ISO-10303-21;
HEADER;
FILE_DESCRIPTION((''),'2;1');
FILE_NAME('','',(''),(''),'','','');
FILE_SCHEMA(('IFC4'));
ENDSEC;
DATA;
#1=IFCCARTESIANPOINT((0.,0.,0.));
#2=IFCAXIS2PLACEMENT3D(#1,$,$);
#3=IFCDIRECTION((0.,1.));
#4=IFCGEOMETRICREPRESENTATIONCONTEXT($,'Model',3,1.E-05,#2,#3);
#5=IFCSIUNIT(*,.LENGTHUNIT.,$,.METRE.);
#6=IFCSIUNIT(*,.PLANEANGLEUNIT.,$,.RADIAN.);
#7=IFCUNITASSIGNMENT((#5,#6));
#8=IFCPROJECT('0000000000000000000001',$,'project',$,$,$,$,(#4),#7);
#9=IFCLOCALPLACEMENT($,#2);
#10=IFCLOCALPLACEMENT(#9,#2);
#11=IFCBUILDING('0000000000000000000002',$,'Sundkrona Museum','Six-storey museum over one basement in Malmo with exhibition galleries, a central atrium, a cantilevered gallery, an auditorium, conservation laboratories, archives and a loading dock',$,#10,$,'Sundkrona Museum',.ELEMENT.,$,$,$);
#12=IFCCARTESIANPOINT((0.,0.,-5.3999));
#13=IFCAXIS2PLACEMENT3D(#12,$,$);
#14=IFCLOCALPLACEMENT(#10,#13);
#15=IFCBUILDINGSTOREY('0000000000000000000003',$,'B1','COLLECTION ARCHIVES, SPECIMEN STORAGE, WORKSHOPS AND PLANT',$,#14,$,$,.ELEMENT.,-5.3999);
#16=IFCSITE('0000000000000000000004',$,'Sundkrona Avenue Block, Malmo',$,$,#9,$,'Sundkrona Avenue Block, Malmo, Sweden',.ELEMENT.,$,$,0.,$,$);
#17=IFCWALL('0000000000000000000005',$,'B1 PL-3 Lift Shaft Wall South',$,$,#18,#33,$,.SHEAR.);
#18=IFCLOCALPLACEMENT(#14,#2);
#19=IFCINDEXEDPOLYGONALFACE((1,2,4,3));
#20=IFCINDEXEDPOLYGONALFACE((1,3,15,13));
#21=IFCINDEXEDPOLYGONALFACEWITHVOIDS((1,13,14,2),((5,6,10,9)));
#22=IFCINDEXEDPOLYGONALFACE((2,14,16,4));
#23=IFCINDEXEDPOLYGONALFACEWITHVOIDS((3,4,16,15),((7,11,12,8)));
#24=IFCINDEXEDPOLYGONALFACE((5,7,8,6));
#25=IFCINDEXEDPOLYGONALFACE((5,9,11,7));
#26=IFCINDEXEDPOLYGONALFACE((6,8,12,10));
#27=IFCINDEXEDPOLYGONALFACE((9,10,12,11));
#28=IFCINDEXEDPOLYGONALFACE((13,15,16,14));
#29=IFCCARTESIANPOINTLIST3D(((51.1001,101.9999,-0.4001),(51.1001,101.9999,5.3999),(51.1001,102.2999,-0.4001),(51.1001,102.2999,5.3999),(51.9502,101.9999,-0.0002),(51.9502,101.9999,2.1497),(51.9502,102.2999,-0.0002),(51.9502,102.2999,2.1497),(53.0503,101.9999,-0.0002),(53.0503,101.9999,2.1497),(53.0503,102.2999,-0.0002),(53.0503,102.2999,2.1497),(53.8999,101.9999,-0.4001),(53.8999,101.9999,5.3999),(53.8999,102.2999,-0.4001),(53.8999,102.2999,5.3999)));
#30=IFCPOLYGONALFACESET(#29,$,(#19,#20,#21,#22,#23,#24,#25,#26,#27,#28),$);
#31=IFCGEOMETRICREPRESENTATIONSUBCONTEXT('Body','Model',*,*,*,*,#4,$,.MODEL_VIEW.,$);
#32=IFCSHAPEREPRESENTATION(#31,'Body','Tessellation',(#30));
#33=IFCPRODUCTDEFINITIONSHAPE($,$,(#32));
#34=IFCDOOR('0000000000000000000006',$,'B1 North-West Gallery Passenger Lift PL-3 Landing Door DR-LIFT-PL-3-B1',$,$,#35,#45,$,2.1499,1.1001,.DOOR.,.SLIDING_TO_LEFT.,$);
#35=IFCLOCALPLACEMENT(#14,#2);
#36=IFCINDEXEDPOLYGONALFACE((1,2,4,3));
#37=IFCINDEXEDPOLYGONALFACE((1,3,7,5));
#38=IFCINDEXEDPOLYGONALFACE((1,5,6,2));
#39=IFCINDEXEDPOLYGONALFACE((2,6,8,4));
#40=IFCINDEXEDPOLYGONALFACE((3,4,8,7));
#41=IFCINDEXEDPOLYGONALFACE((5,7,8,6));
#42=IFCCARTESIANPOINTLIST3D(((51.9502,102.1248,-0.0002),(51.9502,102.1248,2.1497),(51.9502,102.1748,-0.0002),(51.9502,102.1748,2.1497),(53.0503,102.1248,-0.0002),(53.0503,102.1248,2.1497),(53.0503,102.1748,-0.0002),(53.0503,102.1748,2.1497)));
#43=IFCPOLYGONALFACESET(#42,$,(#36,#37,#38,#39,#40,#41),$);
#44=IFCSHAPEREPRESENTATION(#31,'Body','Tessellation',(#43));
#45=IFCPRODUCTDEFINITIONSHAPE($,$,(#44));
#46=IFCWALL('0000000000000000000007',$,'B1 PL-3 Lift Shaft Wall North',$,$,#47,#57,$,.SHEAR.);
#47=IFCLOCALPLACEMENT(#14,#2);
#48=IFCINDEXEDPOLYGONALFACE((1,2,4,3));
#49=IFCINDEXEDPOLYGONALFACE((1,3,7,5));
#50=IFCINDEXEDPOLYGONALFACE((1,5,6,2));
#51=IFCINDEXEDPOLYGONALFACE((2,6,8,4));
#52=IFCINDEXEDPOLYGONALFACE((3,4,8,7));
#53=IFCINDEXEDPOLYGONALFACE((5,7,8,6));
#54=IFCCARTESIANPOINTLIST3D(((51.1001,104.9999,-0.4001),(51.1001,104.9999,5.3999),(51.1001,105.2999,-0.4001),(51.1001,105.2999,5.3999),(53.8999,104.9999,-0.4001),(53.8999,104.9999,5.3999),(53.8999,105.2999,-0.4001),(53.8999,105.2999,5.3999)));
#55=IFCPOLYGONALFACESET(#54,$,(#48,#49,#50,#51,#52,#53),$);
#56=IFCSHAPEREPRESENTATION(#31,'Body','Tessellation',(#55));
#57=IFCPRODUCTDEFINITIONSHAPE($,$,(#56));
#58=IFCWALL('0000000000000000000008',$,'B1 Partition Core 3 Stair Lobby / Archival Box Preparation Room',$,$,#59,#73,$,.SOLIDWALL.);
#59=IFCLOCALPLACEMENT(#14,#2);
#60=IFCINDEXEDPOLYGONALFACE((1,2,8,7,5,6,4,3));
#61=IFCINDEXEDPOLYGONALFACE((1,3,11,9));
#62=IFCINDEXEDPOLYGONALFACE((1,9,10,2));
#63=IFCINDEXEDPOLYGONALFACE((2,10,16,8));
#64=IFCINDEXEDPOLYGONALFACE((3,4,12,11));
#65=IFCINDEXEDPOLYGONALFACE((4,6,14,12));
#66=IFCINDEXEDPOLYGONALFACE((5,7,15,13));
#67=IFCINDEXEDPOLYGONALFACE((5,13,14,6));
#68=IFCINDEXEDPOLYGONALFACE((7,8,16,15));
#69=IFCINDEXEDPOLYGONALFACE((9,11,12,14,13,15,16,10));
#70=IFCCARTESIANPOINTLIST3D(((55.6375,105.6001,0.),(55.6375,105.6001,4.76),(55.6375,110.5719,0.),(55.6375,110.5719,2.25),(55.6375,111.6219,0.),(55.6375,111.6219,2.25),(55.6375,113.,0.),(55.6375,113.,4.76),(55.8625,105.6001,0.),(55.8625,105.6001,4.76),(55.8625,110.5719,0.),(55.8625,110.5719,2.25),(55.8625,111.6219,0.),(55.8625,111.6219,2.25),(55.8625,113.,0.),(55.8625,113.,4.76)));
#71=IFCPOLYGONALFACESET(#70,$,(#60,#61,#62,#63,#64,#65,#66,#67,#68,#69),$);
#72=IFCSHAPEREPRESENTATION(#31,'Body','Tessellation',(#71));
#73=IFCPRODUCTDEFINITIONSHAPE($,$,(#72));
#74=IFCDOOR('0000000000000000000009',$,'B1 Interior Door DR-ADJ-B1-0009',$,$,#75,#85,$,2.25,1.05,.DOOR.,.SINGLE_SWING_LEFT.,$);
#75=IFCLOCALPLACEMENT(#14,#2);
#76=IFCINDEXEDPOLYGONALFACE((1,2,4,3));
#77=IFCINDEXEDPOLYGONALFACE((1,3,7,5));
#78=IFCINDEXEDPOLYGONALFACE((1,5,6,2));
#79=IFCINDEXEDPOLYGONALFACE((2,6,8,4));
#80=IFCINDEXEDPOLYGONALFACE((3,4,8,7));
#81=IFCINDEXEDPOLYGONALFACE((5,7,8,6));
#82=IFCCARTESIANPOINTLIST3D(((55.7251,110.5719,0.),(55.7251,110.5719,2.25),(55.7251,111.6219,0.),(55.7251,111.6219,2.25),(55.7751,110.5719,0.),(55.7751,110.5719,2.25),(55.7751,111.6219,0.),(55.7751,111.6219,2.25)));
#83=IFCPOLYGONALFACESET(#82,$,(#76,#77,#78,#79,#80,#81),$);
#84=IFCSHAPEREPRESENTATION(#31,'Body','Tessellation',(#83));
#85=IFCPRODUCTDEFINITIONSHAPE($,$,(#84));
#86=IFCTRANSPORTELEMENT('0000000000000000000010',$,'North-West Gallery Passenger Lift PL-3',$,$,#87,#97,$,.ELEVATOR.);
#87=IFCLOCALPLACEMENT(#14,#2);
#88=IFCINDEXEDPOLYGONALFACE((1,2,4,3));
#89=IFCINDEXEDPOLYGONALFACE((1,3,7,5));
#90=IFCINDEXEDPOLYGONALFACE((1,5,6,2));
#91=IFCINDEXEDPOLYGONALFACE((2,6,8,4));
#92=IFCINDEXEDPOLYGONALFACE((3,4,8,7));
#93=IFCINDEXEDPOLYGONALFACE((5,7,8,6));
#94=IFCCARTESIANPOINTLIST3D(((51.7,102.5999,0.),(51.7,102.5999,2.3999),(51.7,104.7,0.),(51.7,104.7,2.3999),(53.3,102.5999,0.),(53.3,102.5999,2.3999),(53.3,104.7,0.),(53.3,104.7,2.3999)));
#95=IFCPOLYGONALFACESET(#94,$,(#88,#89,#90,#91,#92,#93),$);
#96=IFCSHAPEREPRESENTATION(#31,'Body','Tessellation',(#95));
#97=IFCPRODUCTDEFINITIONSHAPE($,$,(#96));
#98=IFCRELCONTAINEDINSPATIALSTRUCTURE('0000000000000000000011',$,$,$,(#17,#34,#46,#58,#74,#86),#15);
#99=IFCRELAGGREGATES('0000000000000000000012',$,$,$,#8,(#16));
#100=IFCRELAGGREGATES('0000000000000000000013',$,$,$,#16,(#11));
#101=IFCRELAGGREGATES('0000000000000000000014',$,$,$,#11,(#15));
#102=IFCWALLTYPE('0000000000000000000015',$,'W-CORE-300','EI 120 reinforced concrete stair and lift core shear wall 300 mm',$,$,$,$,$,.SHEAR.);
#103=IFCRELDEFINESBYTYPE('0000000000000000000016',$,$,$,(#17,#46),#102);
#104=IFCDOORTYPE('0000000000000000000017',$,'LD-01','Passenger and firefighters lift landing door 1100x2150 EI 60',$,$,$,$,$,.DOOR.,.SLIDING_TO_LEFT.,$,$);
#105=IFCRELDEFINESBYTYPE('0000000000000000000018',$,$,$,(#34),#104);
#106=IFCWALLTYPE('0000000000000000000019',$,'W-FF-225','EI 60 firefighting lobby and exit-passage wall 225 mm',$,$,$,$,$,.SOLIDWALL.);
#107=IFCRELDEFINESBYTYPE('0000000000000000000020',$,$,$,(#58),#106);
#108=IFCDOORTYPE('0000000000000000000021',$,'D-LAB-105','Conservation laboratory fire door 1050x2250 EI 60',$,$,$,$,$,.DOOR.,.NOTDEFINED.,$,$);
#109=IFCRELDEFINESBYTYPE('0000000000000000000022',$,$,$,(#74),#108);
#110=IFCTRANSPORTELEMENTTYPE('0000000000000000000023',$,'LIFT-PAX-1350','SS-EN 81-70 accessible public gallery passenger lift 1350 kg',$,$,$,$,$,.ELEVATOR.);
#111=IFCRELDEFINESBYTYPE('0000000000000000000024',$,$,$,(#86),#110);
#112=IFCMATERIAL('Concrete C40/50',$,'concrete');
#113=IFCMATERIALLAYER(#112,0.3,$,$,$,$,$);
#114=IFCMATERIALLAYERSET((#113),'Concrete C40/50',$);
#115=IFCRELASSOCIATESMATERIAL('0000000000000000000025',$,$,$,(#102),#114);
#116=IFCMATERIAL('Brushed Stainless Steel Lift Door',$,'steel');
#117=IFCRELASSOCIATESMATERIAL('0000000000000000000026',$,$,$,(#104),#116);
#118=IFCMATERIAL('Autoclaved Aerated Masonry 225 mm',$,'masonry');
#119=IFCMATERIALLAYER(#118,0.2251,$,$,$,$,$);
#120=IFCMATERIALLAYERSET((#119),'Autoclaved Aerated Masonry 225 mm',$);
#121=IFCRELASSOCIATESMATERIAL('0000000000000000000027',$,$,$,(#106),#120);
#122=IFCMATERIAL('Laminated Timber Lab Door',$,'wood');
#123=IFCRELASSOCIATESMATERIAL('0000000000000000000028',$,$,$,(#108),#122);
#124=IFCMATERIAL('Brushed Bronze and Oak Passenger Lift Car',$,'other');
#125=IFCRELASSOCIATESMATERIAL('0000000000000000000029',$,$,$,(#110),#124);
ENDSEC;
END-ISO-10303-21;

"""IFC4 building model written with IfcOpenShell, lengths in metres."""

from ifc_helpers import new_model, si_unit, direction, frame, frame_2d, origin, origin_2d, place, context, subcontext, project, spatial, rectangle, extrude, material, layer, layer_set, type_object, element, fill, save


model = new_model("IFC4")

# Units and contexts
model_context = context("Model", 3, precision=1e-05, world=origin(), true_north=direction((0.0, 1.0)))
body_context = subcontext(model_context, "Body", "Model", "MODEL_VIEW")
ifc_project = project(units=[si_unit("LENGTHUNIT", "METRE"), si_unit("PLANEANGLEUNIT", "RADIAN")], contexts=[model_context])

# Site, building, storey
site_placement = place(None, origin())
site = spatial("IfcSite", under=ifc_project, at=site_placement, Name="Sundkrona Avenue Block, Malmo", LongName="Sundkrona Avenue Block, Malmo, Sweden", CompositionType="ELEMENT", RefElevation=0.0)
building_placement = place(site_placement, origin())
building = spatial("IfcBuilding", under=site, at=building_placement, Name="Sundkrona Museum", Description="Six-storey museum over one basement in Malmo with exhibition galleries, a central atrium, a cantilevered gallery, an auditorium, conservation laboratories, archives and a loading dock", LongName="Sundkrona Museum", CompositionType="ELEMENT")
storey_placement = place(building_placement, frame((0.0, 0.0, -5.3999)))
storey = spatial("IfcBuildingStorey", under=building, at=storey_placement, Name="B1", Description="COLLECTION ARCHIVES, SPECIMEN STORAGE, WORKSHOPS AND PLANT", CompositionType="ELEMENT", Elevation=-5.3999)

# Shared definitions
ifc_material_1 = material(Name="Concrete C40/50", Category="concrete")

# Wall, opening, door
ifc_layer_1 = layer(ifc_material_1, 0.3)
ifc_layer_set_1 = layer_set([ifc_layer_1], Name="Concrete C40/50")
wall_type_1 = type_object("IfcWallType", Name="W-CORE-300", Description="EI 120 reinforced concrete stair and lift core shear wall 300 mm", PredefinedType="SHEAR", material=ifc_layer_set_1)
wall_1_placement = place(storey_placement, frame((51.1001, 102.1499, -0.4001), z_axis=(0.0, 0.0, 1.0), x_axis=(1.0, 0.0, 0.0)))
wall_1 = element("IfcWall", 1, at=wall_1_placement, inside=storey, type_object=wall_type_1, Name="B1 PL-3 Lift Shaft Wall South", PredefinedType="SHEAR", context=body_context, shape_type="SweptSolid", body=[
    extrude(rectangle(XDim=2.7998, YDim=0.3, at=frame_2d((1.3999, 0.0))), origin(), (0.0, 0.0, 1.0), 5.8),
])
opening_1_placement = place(wall_1_placement, frame((0.8501, 0.0, 0.3999)))
opening_1 = element("IfcOpeningElement", 2, at=opening_1_placement, cuts=wall_1, PredefinedType="OPENING", context=body_context, shape_type="SweptSolid", body=[
    extrude(rectangle(XDim=1.1001, YDim=2.1499, at=frame_2d((0.55, 1.075))), frame((0.0, 0.1599, 0.0), z_axis=(0.0, -1.0, 0.0), x_axis=(1.0, 0.0, 0.0)), (0.0, 0.0, 1.0), 0.3201),
])
ifc_material_2 = material(Name="Brushed Stainless Steel Lift Door", Category="steel")
door_type_1 = type_object("IfcDoorType", Name="LD-01", Description="Passenger and firefighters lift landing door 1100x2150 EI 60", OperationType="SLIDING_TO_LEFT", PredefinedType="DOOR", material=ifc_material_2)
door_1_placement = place(opening_1_placement, origin())
door_1 = element("IfcDoor", 3, at=door_1_placement, inside=storey, type_object=door_type_1, Name="B1 North-West Gallery Passenger Lift PL-3 Landing Door DR-LIFT-PL-3-B1", OperationType="SLIDING_TO_LEFT", OverallHeight=2.1499, OverallWidth=1.1001, PredefinedType="DOOR", context=body_context, shape_type="SweptSolid", body=[
    extrude(rectangle(XDim=1.1001, YDim=2.1499, at=frame_2d((0.55, 1.075))), frame((0.0, 0.0249, 0.0), z_axis=(0.0, -1.0, 0.0), x_axis=(1.0, 0.0, 0.0)), (0.0, 0.0, 1.0), 0.05),
])
fill(opening_1, door_1)

# Wall
wall_2_placement = place(storey_placement, frame((51.1001, 105.1499, -0.4001), z_axis=(0.0, 0.0, 1.0), x_axis=(1.0, 0.0, 0.0)))
element("IfcWall", 4, at=wall_2_placement, inside=storey, type_object=wall_type_1, Name="B1 PL-3 Lift Shaft Wall North", PredefinedType="SHEAR", context=body_context, shape_type="SweptSolid", body=[
    extrude(rectangle(XDim=2.7998, YDim=0.3, at=frame_2d((1.3999, 0.0))), origin(), (0.0, 0.0, 1.0), 5.8),
])

# Wall, opening, door
ifc_material_3 = material(Name="Autoclaved Aerated Masonry 225 mm", Category="masonry")
ifc_layer_2 = layer(ifc_material_3, 0.2251)
ifc_layer_set_2 = layer_set([ifc_layer_2], Name="Autoclaved Aerated Masonry 225 mm")
wall_type_2 = type_object("IfcWallType", Name="W-FF-225", Description="EI 60 firefighting lobby and exit-passage wall 225 mm", PredefinedType="SOLIDWALL", material=ifc_layer_set_2)
wall_3_placement = place(storey_placement, frame((55.75, 105.6001, 0.0), z_axis=(0.0, 0.0, 1.0), x_axis=(0.0, 1.0, 0.0)))
wall_3 = element("IfcWall", 5, at=wall_3_placement, inside=storey, type_object=wall_type_2, Name="B1 Partition Core 3 Stair Lobby / Archival Box Preparation Room", PredefinedType="SOLIDWALL", context=body_context, shape_type="SweptSolid", body=[
    extrude(rectangle(XDim=7.3999, YDim=0.2251, at=frame_2d((3.7, 0.0))), origin(), (0.0, 0.0, 1.0), 4.76),
])
opening_2_placement = place(wall_3_placement, frame((4.9719, 0.0, 0.0)))
opening_2 = element("IfcOpeningElement", 6, at=opening_2_placement, cuts=wall_3, PredefinedType="OPENING", context=body_context, shape_type="SweptSolid", body=[
    extrude(rectangle(XDim=1.05, YDim=2.25, at=frame_2d((0.5249, 1.125))), frame((0.0, 0.1226, 0.0), z_axis=(0.0, -1.0, 0.0), x_axis=(1.0, 0.0, 0.0)), (0.0, 0.0, 1.0), 0.2451),
])
ifc_material_4 = material(Name="Laminated Timber Lab Door", Category="wood")
door_type_2 = type_object("IfcDoorType", Name="D-LAB-105", Description="Conservation laboratory fire door 1050x2250 EI 60", OperationType="NOTDEFINED", PredefinedType="DOOR", material=ifc_material_4)
door_2_placement = place(opening_2_placement, origin())
door_2 = element("IfcDoor", 7, at=door_2_placement, inside=storey, type_object=door_type_2, Name="B1 Interior Door DR-ADJ-B1-0009", OperationType="SINGLE_SWING_LEFT", OverallHeight=2.25, OverallWidth=1.05, PredefinedType="DOOR", context=body_context, shape_type="SweptSolid", body=[
    extrude(rectangle(XDim=1.05, YDim=2.25, at=frame_2d((0.5249, 1.125))), frame((0.0, 0.0249, 0.0), z_axis=(0.0, -1.0, 0.0), x_axis=(1.0, 0.0, 0.0)), (0.0, 0.0, 1.0), 0.05),
])
fill(opening_2, door_2)

# Transport element
ifc_material_5 = material(Name="Brushed Bronze and Oak Passenger Lift Car", Category="other")
transport_element_type = type_object("IfcTransportElementType", Name="LIFT-PAX-1350", Description="SS-EN 81-70 accessible public gallery passenger lift 1350 kg", PredefinedType="ELEVATOR", material=ifc_material_5)
transport_element_placement = place(storey_placement, frame((52.5, 103.6499, 0.0), z_axis=(0.0, 0.0, 1.0), x_axis=(1.0, 0.0, 0.0)))
element("IfcTransportElement", 8, at=transport_element_placement, inside=storey, type_object=transport_element_type, Name="North-West Gallery Passenger Lift PL-3", PredefinedType="ELEVATOR", context=body_context, shape_type="SweptSolid", body=[
    extrude(rectangle(XDim=1.6001, YDim=2.1001, at=origin_2d()), origin(), (0.0, 0.0, 1.0), 2.3999),
])

save(model, "model.ifc")
